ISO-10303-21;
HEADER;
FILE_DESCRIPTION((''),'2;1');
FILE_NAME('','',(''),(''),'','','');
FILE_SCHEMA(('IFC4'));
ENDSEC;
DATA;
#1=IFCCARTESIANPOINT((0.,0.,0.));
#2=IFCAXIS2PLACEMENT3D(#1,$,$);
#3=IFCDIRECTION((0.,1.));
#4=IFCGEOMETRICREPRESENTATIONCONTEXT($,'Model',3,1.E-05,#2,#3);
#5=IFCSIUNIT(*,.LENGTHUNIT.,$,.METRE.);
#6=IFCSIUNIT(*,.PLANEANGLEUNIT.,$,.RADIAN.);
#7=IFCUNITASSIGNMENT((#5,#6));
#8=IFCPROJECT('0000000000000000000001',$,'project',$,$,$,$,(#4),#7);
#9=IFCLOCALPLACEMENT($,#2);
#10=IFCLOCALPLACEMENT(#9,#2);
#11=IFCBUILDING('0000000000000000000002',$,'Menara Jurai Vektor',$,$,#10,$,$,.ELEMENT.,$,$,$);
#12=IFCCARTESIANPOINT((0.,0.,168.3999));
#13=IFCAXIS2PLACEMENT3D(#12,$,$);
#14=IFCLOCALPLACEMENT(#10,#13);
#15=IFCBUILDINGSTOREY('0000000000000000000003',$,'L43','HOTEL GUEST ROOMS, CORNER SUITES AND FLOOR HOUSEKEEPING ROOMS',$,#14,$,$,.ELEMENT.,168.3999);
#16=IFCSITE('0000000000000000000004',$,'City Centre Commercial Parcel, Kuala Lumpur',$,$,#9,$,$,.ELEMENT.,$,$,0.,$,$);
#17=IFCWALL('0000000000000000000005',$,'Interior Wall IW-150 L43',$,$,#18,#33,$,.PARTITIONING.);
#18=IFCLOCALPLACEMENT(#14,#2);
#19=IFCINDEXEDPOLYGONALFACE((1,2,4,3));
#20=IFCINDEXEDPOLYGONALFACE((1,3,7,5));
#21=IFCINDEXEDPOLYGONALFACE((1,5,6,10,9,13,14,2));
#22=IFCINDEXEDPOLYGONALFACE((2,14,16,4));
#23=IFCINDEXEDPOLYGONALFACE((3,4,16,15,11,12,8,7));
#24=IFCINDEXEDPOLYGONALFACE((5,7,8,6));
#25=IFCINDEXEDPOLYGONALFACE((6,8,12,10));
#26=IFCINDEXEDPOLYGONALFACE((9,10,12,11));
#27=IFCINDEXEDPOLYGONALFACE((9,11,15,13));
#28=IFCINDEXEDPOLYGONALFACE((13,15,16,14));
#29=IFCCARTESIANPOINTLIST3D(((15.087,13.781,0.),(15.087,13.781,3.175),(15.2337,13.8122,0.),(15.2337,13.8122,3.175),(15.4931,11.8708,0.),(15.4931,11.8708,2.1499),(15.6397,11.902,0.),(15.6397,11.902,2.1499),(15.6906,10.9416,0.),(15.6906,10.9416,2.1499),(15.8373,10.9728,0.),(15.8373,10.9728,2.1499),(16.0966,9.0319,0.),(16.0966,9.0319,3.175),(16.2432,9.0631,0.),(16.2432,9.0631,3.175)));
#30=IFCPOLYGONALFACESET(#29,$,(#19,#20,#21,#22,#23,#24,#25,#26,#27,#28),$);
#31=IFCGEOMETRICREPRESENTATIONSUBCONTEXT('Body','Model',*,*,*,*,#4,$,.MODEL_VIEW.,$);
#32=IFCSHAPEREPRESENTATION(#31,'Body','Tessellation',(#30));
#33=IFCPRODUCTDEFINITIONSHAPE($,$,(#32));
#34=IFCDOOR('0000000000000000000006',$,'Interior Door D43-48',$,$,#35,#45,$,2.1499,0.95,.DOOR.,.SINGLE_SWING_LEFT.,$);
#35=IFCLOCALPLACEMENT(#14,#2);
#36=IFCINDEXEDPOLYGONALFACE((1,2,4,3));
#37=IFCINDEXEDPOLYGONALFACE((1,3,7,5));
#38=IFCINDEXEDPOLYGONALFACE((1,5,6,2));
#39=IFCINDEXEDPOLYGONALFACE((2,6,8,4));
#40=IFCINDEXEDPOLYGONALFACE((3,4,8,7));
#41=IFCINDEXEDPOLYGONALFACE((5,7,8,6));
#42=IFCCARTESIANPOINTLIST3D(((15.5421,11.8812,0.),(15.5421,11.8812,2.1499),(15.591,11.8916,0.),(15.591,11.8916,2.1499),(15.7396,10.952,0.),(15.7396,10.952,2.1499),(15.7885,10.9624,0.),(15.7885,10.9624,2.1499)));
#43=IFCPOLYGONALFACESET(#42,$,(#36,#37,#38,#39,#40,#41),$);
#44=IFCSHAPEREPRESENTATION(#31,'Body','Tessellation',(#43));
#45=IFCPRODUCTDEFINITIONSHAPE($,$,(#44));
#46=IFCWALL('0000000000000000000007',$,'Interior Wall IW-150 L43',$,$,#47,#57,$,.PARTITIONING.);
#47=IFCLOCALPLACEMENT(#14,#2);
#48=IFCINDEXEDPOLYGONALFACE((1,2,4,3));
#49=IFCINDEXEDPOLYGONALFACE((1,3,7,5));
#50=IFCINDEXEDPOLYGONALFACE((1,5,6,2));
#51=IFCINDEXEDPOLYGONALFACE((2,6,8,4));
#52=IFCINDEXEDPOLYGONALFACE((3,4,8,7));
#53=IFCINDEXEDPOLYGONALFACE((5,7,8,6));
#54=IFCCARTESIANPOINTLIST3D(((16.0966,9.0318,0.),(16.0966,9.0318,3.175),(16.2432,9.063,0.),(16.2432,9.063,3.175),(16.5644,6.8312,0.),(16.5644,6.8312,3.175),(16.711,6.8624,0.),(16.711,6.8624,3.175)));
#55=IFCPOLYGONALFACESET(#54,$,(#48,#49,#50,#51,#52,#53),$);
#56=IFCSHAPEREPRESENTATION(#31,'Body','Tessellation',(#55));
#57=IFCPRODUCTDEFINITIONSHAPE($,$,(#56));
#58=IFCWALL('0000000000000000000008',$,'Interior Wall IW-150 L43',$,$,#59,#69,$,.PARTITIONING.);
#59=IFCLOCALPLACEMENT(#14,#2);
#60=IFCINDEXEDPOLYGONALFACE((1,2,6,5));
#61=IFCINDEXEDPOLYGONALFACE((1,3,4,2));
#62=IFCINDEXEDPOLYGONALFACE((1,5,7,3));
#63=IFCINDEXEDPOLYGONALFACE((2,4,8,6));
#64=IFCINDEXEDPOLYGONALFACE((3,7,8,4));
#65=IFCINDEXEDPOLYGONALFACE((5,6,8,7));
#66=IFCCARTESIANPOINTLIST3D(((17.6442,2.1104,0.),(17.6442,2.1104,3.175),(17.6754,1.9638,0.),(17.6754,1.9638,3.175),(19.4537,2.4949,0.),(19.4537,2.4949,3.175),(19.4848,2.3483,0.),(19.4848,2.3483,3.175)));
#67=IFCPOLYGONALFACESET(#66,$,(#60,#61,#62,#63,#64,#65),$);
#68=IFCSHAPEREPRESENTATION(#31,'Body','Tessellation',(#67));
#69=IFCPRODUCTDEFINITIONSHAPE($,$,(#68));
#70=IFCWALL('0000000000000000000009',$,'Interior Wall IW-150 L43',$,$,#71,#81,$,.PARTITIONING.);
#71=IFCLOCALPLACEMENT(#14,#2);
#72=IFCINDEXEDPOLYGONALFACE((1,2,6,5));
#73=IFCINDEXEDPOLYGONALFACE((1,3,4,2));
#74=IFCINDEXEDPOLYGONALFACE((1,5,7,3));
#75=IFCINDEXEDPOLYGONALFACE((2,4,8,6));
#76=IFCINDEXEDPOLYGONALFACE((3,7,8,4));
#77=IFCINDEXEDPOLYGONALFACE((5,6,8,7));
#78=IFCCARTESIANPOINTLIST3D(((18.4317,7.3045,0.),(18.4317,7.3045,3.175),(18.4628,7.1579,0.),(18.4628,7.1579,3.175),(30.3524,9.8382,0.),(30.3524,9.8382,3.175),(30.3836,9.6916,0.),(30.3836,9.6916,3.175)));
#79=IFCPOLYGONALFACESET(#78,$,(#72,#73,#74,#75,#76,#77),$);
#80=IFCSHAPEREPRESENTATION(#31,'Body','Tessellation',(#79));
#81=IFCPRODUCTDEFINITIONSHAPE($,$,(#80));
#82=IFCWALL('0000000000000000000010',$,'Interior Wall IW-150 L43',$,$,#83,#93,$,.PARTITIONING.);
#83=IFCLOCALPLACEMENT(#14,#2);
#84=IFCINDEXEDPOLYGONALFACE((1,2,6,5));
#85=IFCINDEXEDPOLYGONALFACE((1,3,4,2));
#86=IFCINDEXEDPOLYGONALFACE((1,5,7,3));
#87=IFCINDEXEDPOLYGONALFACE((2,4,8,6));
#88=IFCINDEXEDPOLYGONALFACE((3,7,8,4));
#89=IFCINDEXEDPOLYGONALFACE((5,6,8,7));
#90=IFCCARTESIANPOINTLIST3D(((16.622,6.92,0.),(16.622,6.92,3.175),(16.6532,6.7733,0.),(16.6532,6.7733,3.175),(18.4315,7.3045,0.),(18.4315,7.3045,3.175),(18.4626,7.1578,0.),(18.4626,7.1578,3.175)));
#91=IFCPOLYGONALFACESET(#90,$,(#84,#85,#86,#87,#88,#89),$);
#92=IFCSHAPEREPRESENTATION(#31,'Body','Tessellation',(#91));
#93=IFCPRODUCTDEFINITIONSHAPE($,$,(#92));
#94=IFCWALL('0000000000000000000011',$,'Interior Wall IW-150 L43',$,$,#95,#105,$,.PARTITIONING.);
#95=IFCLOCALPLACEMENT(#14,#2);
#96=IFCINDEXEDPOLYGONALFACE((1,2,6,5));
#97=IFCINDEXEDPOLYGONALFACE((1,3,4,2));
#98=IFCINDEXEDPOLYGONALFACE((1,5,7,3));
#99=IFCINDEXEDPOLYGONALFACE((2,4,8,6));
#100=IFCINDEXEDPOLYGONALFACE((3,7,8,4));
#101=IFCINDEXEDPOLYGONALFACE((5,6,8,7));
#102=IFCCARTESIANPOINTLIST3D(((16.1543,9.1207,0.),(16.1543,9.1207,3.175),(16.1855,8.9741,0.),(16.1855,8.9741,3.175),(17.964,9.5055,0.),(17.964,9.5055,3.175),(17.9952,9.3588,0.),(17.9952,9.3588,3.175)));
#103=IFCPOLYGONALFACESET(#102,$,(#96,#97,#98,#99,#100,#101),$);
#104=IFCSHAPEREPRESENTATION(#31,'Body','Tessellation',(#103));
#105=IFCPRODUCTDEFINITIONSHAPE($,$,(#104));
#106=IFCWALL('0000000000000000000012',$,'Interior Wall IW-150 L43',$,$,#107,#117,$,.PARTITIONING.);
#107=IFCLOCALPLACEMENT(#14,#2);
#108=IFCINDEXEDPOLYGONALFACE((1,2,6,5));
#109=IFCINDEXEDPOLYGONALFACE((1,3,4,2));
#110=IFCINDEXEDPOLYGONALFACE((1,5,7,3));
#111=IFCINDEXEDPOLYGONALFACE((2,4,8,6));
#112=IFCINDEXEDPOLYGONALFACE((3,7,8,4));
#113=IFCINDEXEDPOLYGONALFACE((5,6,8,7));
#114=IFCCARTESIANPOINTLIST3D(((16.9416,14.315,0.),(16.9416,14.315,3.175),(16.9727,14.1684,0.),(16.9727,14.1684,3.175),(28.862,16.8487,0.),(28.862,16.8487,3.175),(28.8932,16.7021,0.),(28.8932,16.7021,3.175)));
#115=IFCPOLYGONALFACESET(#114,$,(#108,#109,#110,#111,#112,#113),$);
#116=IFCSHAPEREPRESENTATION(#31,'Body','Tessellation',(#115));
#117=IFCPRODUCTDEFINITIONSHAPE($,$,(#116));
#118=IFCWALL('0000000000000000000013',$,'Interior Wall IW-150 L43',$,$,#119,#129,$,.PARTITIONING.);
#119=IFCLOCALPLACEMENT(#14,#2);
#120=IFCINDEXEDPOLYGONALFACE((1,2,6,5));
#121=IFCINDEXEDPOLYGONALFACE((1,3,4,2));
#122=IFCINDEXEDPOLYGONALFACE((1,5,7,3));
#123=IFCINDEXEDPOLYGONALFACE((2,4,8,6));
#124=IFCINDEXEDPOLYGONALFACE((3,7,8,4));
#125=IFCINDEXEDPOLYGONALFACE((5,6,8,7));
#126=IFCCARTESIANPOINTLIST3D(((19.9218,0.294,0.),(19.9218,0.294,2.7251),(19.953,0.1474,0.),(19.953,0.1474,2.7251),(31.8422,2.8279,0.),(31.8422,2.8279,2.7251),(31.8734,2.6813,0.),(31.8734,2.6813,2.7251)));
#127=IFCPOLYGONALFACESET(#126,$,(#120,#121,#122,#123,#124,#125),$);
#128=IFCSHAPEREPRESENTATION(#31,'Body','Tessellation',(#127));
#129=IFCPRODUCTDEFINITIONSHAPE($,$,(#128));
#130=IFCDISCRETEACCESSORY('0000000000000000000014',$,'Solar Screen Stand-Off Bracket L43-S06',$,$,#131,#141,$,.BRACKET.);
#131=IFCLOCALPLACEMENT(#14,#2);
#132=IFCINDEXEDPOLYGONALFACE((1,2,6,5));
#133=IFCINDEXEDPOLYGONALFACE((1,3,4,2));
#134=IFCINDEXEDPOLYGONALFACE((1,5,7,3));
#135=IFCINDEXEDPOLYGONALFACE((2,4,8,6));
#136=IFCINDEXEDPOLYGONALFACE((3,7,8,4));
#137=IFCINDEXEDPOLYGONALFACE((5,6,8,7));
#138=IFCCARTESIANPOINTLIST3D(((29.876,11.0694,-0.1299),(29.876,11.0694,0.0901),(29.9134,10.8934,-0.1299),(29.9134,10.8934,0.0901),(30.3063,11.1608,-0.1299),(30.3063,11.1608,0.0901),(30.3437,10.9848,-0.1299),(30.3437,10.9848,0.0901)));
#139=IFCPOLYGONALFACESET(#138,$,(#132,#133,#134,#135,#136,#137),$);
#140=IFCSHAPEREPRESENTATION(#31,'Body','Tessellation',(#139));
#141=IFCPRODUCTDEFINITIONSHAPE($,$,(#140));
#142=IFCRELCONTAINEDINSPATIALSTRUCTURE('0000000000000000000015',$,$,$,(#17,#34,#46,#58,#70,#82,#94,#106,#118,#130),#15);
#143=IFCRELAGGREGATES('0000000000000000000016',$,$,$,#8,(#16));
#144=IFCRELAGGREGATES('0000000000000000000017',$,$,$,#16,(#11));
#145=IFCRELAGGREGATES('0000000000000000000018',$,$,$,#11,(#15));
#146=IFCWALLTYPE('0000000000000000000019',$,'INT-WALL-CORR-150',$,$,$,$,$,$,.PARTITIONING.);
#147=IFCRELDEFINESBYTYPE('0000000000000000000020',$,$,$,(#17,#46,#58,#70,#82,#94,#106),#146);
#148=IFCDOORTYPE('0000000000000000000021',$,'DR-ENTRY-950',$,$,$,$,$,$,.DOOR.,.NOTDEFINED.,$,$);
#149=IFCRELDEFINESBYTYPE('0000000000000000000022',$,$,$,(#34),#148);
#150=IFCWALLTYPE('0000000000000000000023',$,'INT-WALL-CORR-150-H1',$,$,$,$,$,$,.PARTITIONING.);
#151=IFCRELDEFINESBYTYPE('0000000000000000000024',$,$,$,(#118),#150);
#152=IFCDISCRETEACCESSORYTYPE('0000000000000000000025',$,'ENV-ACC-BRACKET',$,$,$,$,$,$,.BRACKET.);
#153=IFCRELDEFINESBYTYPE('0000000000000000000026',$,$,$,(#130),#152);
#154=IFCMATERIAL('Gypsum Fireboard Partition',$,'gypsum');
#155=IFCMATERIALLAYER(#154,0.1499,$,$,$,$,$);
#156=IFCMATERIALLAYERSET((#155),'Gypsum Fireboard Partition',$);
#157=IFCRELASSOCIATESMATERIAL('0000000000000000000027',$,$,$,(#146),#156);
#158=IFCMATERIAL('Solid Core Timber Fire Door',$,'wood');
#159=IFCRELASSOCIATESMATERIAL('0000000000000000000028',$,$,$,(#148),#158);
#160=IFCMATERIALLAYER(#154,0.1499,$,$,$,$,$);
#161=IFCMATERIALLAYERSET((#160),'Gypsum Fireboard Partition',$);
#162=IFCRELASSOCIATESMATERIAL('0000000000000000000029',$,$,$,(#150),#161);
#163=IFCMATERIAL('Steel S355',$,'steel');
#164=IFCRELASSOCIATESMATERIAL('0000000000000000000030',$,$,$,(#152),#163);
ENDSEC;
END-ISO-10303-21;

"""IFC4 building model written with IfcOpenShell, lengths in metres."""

from ifc_helpers import new_model, si_unit, direction, frame, frame_2d, origin, origin_2d, place, context, subcontext, project, spatial, rectangle, extrude, material, layer, layer_set, type_object, element, fill, save


model = new_model("IFC4")

# Units and contexts
model_context = context("Model", 3, precision=1e-05, world=origin(), true_north=direction((0.0, 1.0)))
body_context = subcontext(model_context, "Body", "Model", "MODEL_VIEW")
ifc_project = project(units=[si_unit("LENGTHUNIT", "METRE"), si_unit("PLANEANGLEUNIT", "RADIAN")], contexts=[model_context])

# Site, building, storey
site_placement = place(None, origin())
site = spatial("IfcSite", under=ifc_project, at=site_placement, Name="City Centre Commercial Parcel, Kuala Lumpur", CompositionType="ELEMENT", RefElevation=0.0)
building_placement = place(site_placement, origin())
building = spatial("IfcBuilding", under=site, at=building_placement, Name="Menara Jurai Vektor", CompositionType="ELEMENT")
storey_placement = place(building_placement, frame((0.0, 0.0, 168.3999)))
storey = spatial("IfcBuildingStorey", under=building, at=storey_placement, Name="L43", Description="HOTEL GUEST ROOMS, CORNER SUITES AND FLOOR HOUSEKEEPING ROOMS", CompositionType="ELEMENT", Elevation=168.3999)

# Shared definitions
ifc_material_1 = material(Name="Steel S355", Category="steel")

# Wall, opening, door
ifc_material_2 = material(Name="Gypsum Fireboard Partition", Category="gypsum")
ifc_layer_1 = layer(ifc_material_2, 0.1499)
ifc_layer_set_1 = layer_set([ifc_layer_1], Name="Gypsum Fireboard Partition")
wall_type_1 = type_object("IfcWallType", Name="INT-WALL-CORR-150", PredefinedType="PARTITIONING", material=ifc_layer_set_1)
ifc_material_3 = material(Name="Solid Core Timber Fire Door", Category="wood")
door_type_1 = type_object("IfcDoorType", Name="DR-ENTRY-950", OperationType="NOTDEFINED", PredefinedType="DOOR", material=ifc_material_3)
wall_1_placement = place(storey_placement, frame((16.1699, 9.0474, 0.0), z_axis=(0.0, 0.0, 1.0), x_axis=(-0.207929, 0.978144, 0.0)))
wall_1 = element("IfcWall", 1, at=wall_1_placement, inside=storey, type_object=wall_type_1, Name="Interior Wall IW-150 L43", PredefinedType="PARTITIONING", context=body_context, shape_type="SweptSolid", body=[
    extrude(rectangle(XDim=4.8552, YDim=0.1499, at=frame_2d((2.4277, 0.0))), origin(), (0.0, 0.0, 1.0), 3.175),
])
opening_1_placement = place(wall_1_placement, frame((1.9524, 0.0, 0.0)))
opening_1 = element("IfcOpeningElement", 2, at=opening_1_placement, cuts=wall_1, PredefinedType="OPENING", context=body_context, shape_type="SweptSolid", body=[
    extrude(rectangle(XDim=0.95, YDim=2.1499, at=frame_2d((0.4751, 1.075))), frame((0.0, 0.085, 0.0), z_axis=(0.0, -1.0, 0.0), x_axis=(1.0, 0.0, 0.0)), (0.0, 0.0, 1.0), 0.1699),
])
door_1_placement = place(opening_1_placement, origin())
door_1 = element("IfcDoor", 3, at=door_1_placement, inside=storey, type_object=door_type_1, Name="Interior Door D43-48", OperationType="SINGLE_SWING_LEFT", OverallHeight=2.1499, OverallWidth=0.95, PredefinedType="DOOR", context=body_context, shape_type="SweptSolid", body=[
    extrude(rectangle(XDim=0.95, YDim=2.1499, at=frame_2d((0.4751, 1.075))), frame((0.0, 0.0249, 0.0), z_axis=(0.0, -1.0, 0.0), x_axis=(1.0, 0.0, 0.0)), (0.0, 0.0, 1.0), 0.05),
])
fill(opening_1, door_1)

# Walls
wall_2_placement = place(storey_placement, frame((16.6377, 6.8467, 0.0), z_axis=(0.0, 0.0, 1.0), x_axis=(-0.207913, 0.978147, 0.0)))
element("IfcWall", 4, at=wall_2_placement, inside=storey, type_object=wall_type_1, Name="Interior Wall IW-150 L43", PredefinedType="PARTITIONING", context=body_context, shape_type="SweptSolid", body=[
    extrude(rectangle(XDim=2.2498, YDim=0.1499, at=frame_2d((1.125, 0.0))), origin(), (0.0, 0.0, 1.0), 3.175),
])
wall_3_placement = place(storey_placement, frame((17.6599, 2.0371, 0.0), z_axis=(0.0, 0.0, 1.0), x_axis=(0.97816, 0.207852, 0.0)))
element("IfcWall", 5, at=wall_3_placement, inside=storey, type_object=wall_type_1, Name="Interior Wall IW-150 L43", PredefinedType="PARTITIONING", context=body_context, shape_type="SweptSolid", body=[
    extrude(rectangle(XDim=1.8499, YDim=0.1499, at=frame_2d((0.9248, 0.0))), origin(), (0.0, 0.0, 1.0), 3.175),
])

# Walls
wall_4_placement = place(storey_placement, frame((18.4473, 7.2312, 0.0), z_axis=(0.0, 0.0, 1.0), x_axis=(0.97815, 0.207902, 0.0)))
element("IfcWall", 6, at=wall_4_placement, inside=storey, type_object=wall_type_1, Name="Interior Wall IW-150 L43", PredefinedType="PARTITIONING", context=body_context, shape_type="SweptSolid", body=[
    extrude(rectangle(XDim=12.187, YDim=0.1499, at=frame_2d((6.0935, 0.0))), origin(), (0.0, 0.0, 1.0), 3.175),
])
wall_5_placement = place(storey_placement, frame((16.6377, 6.8467, 0.0), z_axis=(0.0, 0.0, 1.0), x_axis=(0.97816, 0.207852, 0.0)))
element("IfcWall", 7, at=wall_5_placement, inside=storey, type_object=wall_type_1, Name="Interior Wall IW-150 L43", PredefinedType="PARTITIONING", context=body_context, shape_type="SweptSolid", body=[
    extrude(rectangle(XDim=1.8499, YDim=0.1499, at=frame_2d((0.9248, 0.0))), origin(), (0.0, 0.0, 1.0), 3.175),
])
wall_6_placement = place(storey_placement, frame((16.1699, 9.0474, 0.0), z_axis=(0.0, 0.0, 1.0), x_axis=(0.978133, 0.207979, 0.0)))
element("IfcWall", 8, at=wall_6_placement, inside=storey, type_object=wall_type_1, Name="Interior Wall IW-150 L43", PredefinedType="PARTITIONING", context=body_context, shape_type="SweptSolid", body=[
    extrude(rectangle(XDim=1.8501, YDim=0.1499, at=frame_2d((0.925, 0.0))), origin(), (0.0, 0.0, 1.0), 3.175),
])

# Wall
wall_7_placement = place(storey_placement, frame((16.9573, 14.2417, 0.0), z_axis=(0.0, 0.0, 1.0), x_axis=(0.978149, 0.207906, 0.0)))
element("IfcWall", 9, at=wall_7_placement, inside=storey, type_object=wall_type_1, Name="Interior Wall IW-150 L43", PredefinedType="PARTITIONING", context=body_context, shape_type="SweptSolid", body=[
    extrude(rectangle(XDim=12.1868, YDim=0.1499, at=frame_2d((6.0933, 0.0))), origin(), (0.0, 0.0, 1.0), 3.175),
])

# Wall
ifc_layer_2 = layer(ifc_material_2, 0.1499)
ifc_layer_set_2 = layer_set([ifc_layer_2], Name="Gypsum Fireboard Partition")
wall_type_2 = type_object("IfcWallType", Name="INT-WALL-CORR-150-H1", PredefinedType="PARTITIONING", material=ifc_layer_set_2)
wall_8_placement = place(storey_placement, frame((19.9375, 0.2207, 0.0), z_axis=(0.0, 0.0, 1.0), x_axis=(0.978145, 0.207925, 0.0)))
element("IfcWall", 10, at=wall_8_placement, inside=storey, type_object=wall_type_2, Name="Interior Wall IW-150 L43", PredefinedType="PARTITIONING", context=body_context, shape_type="SweptSolid", body=[
    extrude(rectangle(XDim=12.1868, YDim=0.1499, at=frame_2d((6.0933, 0.0))), origin(), (0.0, 0.0, 1.0), 2.7251),
])

# Discrete accessory
discrete_accessory_type = type_object("IfcDiscreteAccessoryType", Name="ENV-ACC-BRACKET", PredefinedType="BRACKET", material=ifc_material_1)
discrete_accessory_placement = place(storey_placement, frame((30.1099, 11.0271, -0.1299), z_axis=(0.0, 0.0, 1.0), x_axis=(-0.207912, 0.978148, 0.0)))
element("IfcDiscreteAccessory", 11, at=discrete_accessory_placement, inside=storey, type_object=discrete_accessory_type, Name="Solar Screen Stand-Off Bracket L43-S06", PredefinedType="BRACKET", context=body_context, shape_type="SweptSolid", body=[
    extrude(rectangle(XDim=0.1799, YDim=0.4399, at=origin_2d()), origin(), (0.0, 0.0, 1.0), 0.22),
])

save(model, "model.ifc")
